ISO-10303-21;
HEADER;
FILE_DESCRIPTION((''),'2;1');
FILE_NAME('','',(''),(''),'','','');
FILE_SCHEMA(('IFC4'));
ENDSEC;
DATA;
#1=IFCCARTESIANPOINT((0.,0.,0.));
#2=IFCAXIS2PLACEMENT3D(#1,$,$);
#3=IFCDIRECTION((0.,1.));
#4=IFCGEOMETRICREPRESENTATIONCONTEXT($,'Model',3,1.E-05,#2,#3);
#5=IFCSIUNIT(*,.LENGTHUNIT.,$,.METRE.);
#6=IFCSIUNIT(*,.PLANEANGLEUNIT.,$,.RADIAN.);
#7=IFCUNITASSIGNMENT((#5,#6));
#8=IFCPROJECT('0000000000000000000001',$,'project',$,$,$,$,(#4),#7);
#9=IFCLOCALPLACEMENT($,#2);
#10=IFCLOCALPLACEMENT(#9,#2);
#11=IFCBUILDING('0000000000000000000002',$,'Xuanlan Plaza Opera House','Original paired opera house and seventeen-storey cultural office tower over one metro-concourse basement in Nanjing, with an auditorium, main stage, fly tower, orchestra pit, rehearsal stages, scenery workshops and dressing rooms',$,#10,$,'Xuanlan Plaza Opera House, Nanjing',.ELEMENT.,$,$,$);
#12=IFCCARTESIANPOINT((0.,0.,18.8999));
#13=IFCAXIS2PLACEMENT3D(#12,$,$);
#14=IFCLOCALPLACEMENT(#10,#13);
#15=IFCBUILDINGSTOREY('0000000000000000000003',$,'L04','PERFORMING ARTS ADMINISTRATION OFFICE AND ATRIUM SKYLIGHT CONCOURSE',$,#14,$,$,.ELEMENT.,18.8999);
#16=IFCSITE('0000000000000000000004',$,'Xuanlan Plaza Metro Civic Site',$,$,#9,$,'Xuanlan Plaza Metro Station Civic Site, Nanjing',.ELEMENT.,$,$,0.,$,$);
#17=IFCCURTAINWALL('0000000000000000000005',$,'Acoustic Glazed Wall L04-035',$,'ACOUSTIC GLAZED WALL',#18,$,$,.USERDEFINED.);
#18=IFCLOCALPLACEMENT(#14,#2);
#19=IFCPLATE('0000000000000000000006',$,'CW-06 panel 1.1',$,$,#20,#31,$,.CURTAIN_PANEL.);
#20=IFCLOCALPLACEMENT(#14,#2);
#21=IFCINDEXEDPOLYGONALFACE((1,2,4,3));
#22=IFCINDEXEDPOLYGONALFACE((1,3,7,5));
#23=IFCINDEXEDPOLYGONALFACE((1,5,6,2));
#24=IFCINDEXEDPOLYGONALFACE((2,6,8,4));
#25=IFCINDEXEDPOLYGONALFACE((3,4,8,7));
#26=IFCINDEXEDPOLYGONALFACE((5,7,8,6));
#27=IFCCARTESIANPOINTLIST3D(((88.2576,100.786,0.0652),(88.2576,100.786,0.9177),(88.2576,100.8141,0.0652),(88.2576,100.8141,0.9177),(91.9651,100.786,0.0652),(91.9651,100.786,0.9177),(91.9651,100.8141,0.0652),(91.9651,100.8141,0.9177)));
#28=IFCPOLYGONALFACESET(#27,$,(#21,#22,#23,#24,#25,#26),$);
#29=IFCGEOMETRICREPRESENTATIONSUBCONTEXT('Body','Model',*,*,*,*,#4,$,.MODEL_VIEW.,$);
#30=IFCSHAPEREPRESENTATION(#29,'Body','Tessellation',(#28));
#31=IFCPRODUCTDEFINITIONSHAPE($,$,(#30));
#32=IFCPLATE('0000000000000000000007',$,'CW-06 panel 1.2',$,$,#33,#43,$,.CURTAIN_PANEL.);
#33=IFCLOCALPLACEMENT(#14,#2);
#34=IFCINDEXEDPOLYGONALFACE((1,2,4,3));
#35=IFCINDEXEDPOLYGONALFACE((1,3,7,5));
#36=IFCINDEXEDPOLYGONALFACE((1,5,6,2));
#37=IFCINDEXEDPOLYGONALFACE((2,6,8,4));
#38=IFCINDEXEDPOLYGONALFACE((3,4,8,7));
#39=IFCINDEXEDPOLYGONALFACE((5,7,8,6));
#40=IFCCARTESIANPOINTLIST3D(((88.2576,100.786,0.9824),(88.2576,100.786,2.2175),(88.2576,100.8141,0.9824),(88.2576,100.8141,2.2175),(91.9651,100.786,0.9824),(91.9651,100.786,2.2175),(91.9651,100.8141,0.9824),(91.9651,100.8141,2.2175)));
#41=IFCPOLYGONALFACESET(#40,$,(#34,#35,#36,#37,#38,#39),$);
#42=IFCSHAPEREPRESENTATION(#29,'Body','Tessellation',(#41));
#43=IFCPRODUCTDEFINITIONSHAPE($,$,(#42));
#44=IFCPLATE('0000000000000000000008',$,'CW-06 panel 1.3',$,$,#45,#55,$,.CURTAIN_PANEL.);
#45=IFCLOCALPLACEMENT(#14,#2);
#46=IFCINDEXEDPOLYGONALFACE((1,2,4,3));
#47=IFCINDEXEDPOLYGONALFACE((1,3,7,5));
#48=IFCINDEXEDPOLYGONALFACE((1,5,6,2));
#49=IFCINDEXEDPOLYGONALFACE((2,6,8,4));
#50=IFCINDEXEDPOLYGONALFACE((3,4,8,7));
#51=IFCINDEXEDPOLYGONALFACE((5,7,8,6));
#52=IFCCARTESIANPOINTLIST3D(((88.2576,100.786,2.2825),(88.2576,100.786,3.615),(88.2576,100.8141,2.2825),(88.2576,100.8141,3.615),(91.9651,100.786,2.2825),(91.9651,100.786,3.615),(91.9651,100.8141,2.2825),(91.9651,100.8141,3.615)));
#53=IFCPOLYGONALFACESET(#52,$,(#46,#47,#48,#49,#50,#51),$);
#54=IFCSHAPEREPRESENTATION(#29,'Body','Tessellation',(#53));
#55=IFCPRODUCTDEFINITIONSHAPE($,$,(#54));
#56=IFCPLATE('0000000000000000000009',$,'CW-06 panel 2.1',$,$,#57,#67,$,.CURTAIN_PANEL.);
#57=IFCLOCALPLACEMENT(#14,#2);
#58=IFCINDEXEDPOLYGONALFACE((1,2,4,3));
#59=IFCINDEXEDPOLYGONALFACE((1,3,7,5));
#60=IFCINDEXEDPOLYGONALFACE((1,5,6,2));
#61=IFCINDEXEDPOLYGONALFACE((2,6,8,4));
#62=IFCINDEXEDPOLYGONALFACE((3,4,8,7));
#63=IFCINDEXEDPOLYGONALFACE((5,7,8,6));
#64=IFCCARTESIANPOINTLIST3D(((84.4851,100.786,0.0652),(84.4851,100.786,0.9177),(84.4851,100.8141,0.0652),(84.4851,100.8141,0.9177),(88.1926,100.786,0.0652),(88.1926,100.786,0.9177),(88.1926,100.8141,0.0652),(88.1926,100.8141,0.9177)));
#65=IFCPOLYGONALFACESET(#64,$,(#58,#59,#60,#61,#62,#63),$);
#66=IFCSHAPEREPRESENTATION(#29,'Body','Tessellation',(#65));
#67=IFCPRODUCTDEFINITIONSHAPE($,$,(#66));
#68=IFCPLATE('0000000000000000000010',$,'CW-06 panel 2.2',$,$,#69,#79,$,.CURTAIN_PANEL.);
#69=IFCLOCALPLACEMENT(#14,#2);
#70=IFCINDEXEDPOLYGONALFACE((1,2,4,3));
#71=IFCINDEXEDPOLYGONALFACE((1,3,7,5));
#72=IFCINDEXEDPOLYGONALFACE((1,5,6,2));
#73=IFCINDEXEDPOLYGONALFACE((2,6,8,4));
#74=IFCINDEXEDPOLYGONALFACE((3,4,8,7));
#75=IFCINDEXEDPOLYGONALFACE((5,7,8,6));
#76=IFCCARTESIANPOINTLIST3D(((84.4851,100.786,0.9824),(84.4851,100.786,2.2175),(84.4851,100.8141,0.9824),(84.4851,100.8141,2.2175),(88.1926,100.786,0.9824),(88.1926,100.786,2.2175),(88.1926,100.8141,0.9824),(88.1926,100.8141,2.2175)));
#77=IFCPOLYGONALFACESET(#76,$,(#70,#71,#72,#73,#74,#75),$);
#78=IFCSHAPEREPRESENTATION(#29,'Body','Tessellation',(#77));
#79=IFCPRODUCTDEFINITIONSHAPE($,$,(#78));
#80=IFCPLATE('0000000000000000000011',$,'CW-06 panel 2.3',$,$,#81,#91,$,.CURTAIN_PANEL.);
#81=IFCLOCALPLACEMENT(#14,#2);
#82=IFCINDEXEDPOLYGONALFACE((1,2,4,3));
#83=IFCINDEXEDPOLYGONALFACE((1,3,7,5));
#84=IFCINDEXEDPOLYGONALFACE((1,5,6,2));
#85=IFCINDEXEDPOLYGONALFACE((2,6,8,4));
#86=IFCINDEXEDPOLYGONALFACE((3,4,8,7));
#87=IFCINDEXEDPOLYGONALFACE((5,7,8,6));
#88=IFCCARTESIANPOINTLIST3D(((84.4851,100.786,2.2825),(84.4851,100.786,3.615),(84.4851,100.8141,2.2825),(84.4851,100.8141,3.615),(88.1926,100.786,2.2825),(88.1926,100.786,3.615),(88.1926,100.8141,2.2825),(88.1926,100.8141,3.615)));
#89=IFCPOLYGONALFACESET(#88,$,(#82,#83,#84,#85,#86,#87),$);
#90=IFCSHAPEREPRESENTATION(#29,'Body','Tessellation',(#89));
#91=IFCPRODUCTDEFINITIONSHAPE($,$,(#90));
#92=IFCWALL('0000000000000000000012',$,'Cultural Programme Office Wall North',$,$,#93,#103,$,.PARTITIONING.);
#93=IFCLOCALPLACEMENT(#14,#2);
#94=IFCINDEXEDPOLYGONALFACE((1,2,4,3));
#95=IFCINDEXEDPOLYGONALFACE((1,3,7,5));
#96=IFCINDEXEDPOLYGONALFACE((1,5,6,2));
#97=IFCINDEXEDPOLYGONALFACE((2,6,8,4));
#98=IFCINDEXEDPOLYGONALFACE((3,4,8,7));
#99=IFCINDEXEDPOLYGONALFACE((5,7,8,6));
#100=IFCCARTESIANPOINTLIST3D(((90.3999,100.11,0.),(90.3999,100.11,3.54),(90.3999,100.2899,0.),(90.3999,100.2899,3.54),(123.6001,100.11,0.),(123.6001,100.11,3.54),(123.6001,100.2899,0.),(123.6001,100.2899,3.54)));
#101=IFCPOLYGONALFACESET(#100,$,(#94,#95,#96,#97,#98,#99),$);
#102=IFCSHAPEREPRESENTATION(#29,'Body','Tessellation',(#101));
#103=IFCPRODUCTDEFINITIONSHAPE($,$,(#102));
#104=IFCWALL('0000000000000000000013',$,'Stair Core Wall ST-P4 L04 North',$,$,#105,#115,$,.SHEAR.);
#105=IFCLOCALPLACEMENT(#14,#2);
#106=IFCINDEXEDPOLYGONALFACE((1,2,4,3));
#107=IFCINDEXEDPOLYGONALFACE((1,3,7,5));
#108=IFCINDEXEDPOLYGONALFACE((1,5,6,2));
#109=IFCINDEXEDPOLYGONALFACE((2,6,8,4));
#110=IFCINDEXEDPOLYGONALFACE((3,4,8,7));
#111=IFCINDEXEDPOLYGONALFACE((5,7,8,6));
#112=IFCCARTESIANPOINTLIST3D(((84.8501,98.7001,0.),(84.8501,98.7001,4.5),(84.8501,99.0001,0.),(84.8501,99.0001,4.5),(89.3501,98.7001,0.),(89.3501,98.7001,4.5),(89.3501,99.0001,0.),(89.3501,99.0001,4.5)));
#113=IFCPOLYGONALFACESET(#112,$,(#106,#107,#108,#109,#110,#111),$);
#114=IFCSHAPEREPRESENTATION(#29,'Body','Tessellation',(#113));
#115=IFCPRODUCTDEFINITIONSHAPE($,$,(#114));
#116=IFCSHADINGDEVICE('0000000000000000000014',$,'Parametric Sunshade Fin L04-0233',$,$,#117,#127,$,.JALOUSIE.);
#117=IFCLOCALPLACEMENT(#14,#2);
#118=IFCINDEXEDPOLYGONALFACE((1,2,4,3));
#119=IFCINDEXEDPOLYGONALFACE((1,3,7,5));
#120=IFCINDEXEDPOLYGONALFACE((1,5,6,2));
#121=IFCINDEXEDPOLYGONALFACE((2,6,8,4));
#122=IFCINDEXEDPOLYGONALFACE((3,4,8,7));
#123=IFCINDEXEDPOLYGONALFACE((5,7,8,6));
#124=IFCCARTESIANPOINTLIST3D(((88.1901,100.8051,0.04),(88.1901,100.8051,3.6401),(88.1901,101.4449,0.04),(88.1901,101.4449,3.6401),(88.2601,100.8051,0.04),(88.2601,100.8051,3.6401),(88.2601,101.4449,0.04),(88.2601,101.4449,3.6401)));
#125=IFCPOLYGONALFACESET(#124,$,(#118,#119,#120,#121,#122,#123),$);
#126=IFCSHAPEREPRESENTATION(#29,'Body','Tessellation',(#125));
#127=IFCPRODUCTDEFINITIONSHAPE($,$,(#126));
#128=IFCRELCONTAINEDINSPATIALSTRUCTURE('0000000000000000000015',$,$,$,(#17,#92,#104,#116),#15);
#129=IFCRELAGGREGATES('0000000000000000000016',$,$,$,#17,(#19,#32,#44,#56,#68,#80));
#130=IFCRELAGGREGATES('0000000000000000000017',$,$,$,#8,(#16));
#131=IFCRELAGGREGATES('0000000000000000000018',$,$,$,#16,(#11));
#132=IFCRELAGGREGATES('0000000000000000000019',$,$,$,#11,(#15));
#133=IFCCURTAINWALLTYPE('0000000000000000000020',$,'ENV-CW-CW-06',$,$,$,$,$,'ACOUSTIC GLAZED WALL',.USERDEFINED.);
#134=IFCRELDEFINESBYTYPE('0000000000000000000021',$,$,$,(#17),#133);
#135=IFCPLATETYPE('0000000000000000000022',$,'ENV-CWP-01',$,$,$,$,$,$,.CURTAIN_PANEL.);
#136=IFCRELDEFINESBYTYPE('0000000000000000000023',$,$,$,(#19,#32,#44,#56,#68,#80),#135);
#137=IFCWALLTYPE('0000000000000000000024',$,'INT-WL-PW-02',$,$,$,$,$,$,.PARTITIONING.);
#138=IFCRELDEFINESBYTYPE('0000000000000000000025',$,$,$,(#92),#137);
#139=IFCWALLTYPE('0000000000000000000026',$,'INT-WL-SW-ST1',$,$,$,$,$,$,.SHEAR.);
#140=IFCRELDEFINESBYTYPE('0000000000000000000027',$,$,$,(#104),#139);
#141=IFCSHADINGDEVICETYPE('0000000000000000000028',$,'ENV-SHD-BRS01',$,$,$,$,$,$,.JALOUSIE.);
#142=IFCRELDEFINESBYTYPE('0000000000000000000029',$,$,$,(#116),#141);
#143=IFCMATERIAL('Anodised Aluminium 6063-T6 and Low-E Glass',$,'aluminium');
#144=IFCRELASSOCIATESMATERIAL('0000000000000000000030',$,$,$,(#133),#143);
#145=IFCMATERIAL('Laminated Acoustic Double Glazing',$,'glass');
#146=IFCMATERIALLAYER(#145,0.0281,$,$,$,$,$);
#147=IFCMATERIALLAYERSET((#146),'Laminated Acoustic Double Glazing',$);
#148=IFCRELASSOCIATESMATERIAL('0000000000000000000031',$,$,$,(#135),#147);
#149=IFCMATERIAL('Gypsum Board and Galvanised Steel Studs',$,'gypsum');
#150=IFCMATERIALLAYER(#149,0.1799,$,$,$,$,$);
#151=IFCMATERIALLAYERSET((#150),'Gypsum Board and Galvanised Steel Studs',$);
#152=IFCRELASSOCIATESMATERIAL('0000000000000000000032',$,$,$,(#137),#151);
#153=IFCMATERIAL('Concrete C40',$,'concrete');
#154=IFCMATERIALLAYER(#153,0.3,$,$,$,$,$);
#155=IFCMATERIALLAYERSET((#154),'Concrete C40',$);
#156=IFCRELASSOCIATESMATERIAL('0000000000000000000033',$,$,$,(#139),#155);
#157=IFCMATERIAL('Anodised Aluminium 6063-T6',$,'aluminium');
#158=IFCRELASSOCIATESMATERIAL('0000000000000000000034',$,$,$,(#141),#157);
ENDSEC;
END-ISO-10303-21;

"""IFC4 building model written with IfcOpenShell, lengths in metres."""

from ifc_helpers import new_model, si_unit, direction, frame, frame_2d, origin, origin_2d, place, context, subcontext, project, spatial, rectangle, extrude, material, layer, layer_set, type_object, element, aggregate, save


model = new_model("IFC4")

# Units and contexts
model_context = context("Model", 3, precision=1e-05, world=origin(), true_north=direction((0.0, 1.0)))
body_context = subcontext(model_context, "Body", "Model", "MODEL_VIEW")
ifc_project = project(units=[si_unit("LENGTHUNIT", "METRE"), si_unit("PLANEANGLEUNIT", "RADIAN")], contexts=[model_context])

# Site, building, storey
site_placement = place(None, origin())
site = spatial("IfcSite", under=ifc_project, at=site_placement, Name="Xuanlan Plaza Metro Civic Site", LongName="Xuanlan Plaza Metro Station Civic Site, Nanjing", CompositionType="ELEMENT", RefElevation=0.0)
building_placement = place(site_placement, origin())
building = spatial("IfcBuilding", under=site, at=building_placement, Name="Xuanlan Plaza Opera House", Description="Original paired opera house and seventeen-storey cultural office tower over one metro-concourse basement in Nanjing, with an auditorium, main stage, fly tower, orchestra pit, rehearsal stages, scenery workshops and dressing rooms", LongName="Xuanlan Plaza Opera House, Nanjing", CompositionType="ELEMENT")
storey_placement = place(building_placement, frame((0.0, 0.0, 18.8999)))
storey = spatial("IfcBuildingStorey", under=building, at=storey_placement, Name="L04", Description="PERFORMING ARTS ADMINISTRATION OFFICE AND ATRIUM SKYLIGHT CONCOURSE", CompositionType="ELEMENT", Elevation=18.8999)

# Shared definitions
ifc_material_1 = material(Name="Concrete C40", Category="concrete")

# Curtain wall
ifc_material_2 = material(Name="Anodised Aluminium 6063-T6 and Low-E Glass", Category="aluminium")
curtain_wall_type_1 = type_object("IfcCurtainWallType", Name="ENV-CW-CW-06", ElementType="ACOUSTIC GLAZED WALL", PredefinedType="USERDEFINED", material=ifc_material_2)
curtain_wall_1_placement = place(storey_placement, origin())
curtain_wall_1 = element("IfcCurtainWall", 1, at=curtain_wall_1_placement, inside=storey, type_object=curtain_wall_type_1, Name="Acoustic Glazed Wall L04-035", ObjectType="ACOUSTIC GLAZED WALL", PredefinedType="USERDEFINED")
ifc_material_3 = material(Name="Anodised Aluminium 6063-T6", Category="aluminium")

# Plates
ifc_material_4 = material(Name="Laminated Acoustic Double Glazing", Category="glass")
ifc_layer_1 = layer(ifc_material_4, 0.0281)
ifc_layer_set_1 = layer_set([ifc_layer_1], Name="Laminated Acoustic Double Glazing")
plate_type = type_object("IfcPlateType", Name="ENV-CWP-01", PredefinedType="CURTAIN_PANEL", material=ifc_layer_set_1)
plate_1_placement = place(storey_placement, frame((90.1113, 100.8, 0.0652), z_axis=(0.0, 0.0, 1.0), x_axis=(-1.0, 0.0, 0.0)))
plate_1 = element("IfcPlate", 2, at=plate_1_placement, type_object=plate_type, Name="CW-06 panel 1.1", PredefinedType="CURTAIN_PANEL", context=body_context, shape_type="SweptSolid", body=[
    extrude(rectangle(XDim=3.7075, YDim=0.0281, at=origin_2d()), origin(), (0.0, 0.0, 1.0), 0.8525),
])
plate_2_placement = place(storey_placement, frame((90.1113, 100.8, 0.9824), z_axis=(0.0, 0.0, 1.0), x_axis=(-1.0, 0.0, 0.0)))
plate_2 = element("IfcPlate", 3, at=plate_2_placement, type_object=plate_type, Name="CW-06 panel 1.2", PredefinedType="CURTAIN_PANEL", context=body_context, shape_type="SweptSolid", body=[
    extrude(rectangle(XDim=3.7075, YDim=0.0281, at=origin_2d()), origin(), (0.0, 0.0, 1.0), 1.2351),
])
plate_3_placement = place(storey_placement, frame((90.1113, 100.8, 2.2825), z_axis=(0.0, 0.0, 1.0), x_axis=(-1.0, 0.0, 0.0)))
plate_3 = element("IfcPlate", 4, at=plate_3_placement, type_object=plate_type, Name="CW-06 panel 1.3", PredefinedType="CURTAIN_PANEL", context=body_context, shape_type="SweptSolid", body=[
    extrude(rectangle(XDim=3.7075, YDim=0.0281, at=origin_2d()), origin(), (0.0, 0.0, 1.0), 1.3325),
])
plate_4_placement = place(storey_placement, frame((86.3389, 100.8, 0.0652), z_axis=(0.0, 0.0, 1.0), x_axis=(-1.0, 0.0, 0.0)))
plate_4 = element("IfcPlate", 5, at=plate_4_placement, type_object=plate_type, Name="CW-06 panel 2.1", PredefinedType="CURTAIN_PANEL", context=body_context, shape_type="SweptSolid", body=[
    extrude(rectangle(XDim=3.7075, YDim=0.0281, at=origin_2d()), origin(), (0.0, 0.0, 1.0), 0.8525),
])
plate_5_placement = place(storey_placement, frame((86.3389, 100.8, 0.9824), z_axis=(0.0, 0.0, 1.0), x_axis=(-1.0, 0.0, 0.0)))
plate_5 = element("IfcPlate", 6, at=plate_5_placement, type_object=plate_type, Name="CW-06 panel 2.2", PredefinedType="CURTAIN_PANEL", context=body_context, shape_type="SweptSolid", body=[
    extrude(rectangle(XDim=3.7075, YDim=0.0281, at=origin_2d()), origin(), (0.0, 0.0, 1.0), 1.2351),
])
plate_6_placement = place(storey_placement, frame((86.3389, 100.8, 2.2825), z_axis=(0.0, 0.0, 1.0), x_axis=(-1.0, 0.0, 0.0)))
plate_6 = element("IfcPlate", 7, at=plate_6_placement, type_object=plate_type, Name="CW-06 panel 2.3", PredefinedType="CURTAIN_PANEL", context=body_context, shape_type="SweptSolid", body=[
    extrude(rectangle(XDim=3.7075, YDim=0.0281, at=origin_2d()), origin(), (0.0, 0.0, 1.0), 1.3325),
])
aggregate(curtain_wall_1, [plate_1, plate_2, plate_3, plate_4, plate_5, plate_6])

# Walls
ifc_material_5 = material(Name="Gypsum Board and Galvanised Steel Studs", Category="gypsum")
ifc_layer_2 = layer(ifc_material_5, 0.1799)
ifc_layer_set_2 = layer_set([ifc_layer_2], Name="Gypsum Board and Galvanised Steel Studs")
wall_type_1 = type_object("IfcWallType", Name="INT-WL-PW-02", PredefinedType="PARTITIONING", material=ifc_layer_set_2)
wall_1_placement = place(storey_placement, frame((90.3999, 100.2, 0.0), z_axis=(0.0, 0.0, 1.0), x_axis=(1.0, 0.0, 0.0)))
element("IfcWall", 8, at=wall_1_placement, inside=storey, type_object=wall_type_1, Name="Cultural Programme Office Wall North", PredefinedType="PARTITIONING", context=body_context, shape_type="SweptSolid", body=[
    extrude(rectangle(XDim=33.2002, YDim=0.1799, at=frame_2d((16.6001, 0.0))), origin(), (0.0, 0.0, 1.0), 3.54),
])
ifc_layer_3 = layer(ifc_material_1, 0.3)
ifc_layer_set_3 = layer_set([ifc_layer_3], Name="Concrete C40")
wall_type_2 = type_object("IfcWallType", Name="INT-WL-SW-ST1", PredefinedType="SHEAR", material=ifc_layer_set_3)
wall_2_placement = place(storey_placement, frame((84.8501, 98.8501, 0.0), z_axis=(0.0, 0.0, 1.0), x_axis=(1.0, 0.0, 0.0)))
element("IfcWall", 9, at=wall_2_placement, inside=storey, type_object=wall_type_2, Name="Stair Core Wall ST-P4 L04 North", PredefinedType="SHEAR", context=body_context, shape_type="SweptSolid", body=[
    extrude(rectangle(XDim=4.5, YDim=0.3, at=frame_2d((2.25, 0.0))), origin(), (0.0, 0.0, 1.0), 4.5),
])

# Shading device
shading_device_type = type_object("IfcShadingDeviceType", Name="ENV-SHD-BRS01", PredefinedType="JALOUSIE", material=ifc_material_3)
shading_device_placement = place(storey_placement, frame((88.2251, 101.125, 0.04), z_axis=(0.0, 0.0, 1.0), x_axis=(0.0, 1.0, 0.0)))
element("IfcShadingDevice", 10, at=shading_device_placement, inside=storey, type_object=shading_device_type, Name="Parametric Sunshade Fin L04-0233", PredefinedType="JALOUSIE", context=body_context, shape_type="SweptSolid", body=[
    extrude(rectangle(XDim=0.6399, YDim=0.0701, at=origin_2d()), origin(), (0.0, 0.0, 1.0), 3.6001),
])

save(model, "model.ifc")
